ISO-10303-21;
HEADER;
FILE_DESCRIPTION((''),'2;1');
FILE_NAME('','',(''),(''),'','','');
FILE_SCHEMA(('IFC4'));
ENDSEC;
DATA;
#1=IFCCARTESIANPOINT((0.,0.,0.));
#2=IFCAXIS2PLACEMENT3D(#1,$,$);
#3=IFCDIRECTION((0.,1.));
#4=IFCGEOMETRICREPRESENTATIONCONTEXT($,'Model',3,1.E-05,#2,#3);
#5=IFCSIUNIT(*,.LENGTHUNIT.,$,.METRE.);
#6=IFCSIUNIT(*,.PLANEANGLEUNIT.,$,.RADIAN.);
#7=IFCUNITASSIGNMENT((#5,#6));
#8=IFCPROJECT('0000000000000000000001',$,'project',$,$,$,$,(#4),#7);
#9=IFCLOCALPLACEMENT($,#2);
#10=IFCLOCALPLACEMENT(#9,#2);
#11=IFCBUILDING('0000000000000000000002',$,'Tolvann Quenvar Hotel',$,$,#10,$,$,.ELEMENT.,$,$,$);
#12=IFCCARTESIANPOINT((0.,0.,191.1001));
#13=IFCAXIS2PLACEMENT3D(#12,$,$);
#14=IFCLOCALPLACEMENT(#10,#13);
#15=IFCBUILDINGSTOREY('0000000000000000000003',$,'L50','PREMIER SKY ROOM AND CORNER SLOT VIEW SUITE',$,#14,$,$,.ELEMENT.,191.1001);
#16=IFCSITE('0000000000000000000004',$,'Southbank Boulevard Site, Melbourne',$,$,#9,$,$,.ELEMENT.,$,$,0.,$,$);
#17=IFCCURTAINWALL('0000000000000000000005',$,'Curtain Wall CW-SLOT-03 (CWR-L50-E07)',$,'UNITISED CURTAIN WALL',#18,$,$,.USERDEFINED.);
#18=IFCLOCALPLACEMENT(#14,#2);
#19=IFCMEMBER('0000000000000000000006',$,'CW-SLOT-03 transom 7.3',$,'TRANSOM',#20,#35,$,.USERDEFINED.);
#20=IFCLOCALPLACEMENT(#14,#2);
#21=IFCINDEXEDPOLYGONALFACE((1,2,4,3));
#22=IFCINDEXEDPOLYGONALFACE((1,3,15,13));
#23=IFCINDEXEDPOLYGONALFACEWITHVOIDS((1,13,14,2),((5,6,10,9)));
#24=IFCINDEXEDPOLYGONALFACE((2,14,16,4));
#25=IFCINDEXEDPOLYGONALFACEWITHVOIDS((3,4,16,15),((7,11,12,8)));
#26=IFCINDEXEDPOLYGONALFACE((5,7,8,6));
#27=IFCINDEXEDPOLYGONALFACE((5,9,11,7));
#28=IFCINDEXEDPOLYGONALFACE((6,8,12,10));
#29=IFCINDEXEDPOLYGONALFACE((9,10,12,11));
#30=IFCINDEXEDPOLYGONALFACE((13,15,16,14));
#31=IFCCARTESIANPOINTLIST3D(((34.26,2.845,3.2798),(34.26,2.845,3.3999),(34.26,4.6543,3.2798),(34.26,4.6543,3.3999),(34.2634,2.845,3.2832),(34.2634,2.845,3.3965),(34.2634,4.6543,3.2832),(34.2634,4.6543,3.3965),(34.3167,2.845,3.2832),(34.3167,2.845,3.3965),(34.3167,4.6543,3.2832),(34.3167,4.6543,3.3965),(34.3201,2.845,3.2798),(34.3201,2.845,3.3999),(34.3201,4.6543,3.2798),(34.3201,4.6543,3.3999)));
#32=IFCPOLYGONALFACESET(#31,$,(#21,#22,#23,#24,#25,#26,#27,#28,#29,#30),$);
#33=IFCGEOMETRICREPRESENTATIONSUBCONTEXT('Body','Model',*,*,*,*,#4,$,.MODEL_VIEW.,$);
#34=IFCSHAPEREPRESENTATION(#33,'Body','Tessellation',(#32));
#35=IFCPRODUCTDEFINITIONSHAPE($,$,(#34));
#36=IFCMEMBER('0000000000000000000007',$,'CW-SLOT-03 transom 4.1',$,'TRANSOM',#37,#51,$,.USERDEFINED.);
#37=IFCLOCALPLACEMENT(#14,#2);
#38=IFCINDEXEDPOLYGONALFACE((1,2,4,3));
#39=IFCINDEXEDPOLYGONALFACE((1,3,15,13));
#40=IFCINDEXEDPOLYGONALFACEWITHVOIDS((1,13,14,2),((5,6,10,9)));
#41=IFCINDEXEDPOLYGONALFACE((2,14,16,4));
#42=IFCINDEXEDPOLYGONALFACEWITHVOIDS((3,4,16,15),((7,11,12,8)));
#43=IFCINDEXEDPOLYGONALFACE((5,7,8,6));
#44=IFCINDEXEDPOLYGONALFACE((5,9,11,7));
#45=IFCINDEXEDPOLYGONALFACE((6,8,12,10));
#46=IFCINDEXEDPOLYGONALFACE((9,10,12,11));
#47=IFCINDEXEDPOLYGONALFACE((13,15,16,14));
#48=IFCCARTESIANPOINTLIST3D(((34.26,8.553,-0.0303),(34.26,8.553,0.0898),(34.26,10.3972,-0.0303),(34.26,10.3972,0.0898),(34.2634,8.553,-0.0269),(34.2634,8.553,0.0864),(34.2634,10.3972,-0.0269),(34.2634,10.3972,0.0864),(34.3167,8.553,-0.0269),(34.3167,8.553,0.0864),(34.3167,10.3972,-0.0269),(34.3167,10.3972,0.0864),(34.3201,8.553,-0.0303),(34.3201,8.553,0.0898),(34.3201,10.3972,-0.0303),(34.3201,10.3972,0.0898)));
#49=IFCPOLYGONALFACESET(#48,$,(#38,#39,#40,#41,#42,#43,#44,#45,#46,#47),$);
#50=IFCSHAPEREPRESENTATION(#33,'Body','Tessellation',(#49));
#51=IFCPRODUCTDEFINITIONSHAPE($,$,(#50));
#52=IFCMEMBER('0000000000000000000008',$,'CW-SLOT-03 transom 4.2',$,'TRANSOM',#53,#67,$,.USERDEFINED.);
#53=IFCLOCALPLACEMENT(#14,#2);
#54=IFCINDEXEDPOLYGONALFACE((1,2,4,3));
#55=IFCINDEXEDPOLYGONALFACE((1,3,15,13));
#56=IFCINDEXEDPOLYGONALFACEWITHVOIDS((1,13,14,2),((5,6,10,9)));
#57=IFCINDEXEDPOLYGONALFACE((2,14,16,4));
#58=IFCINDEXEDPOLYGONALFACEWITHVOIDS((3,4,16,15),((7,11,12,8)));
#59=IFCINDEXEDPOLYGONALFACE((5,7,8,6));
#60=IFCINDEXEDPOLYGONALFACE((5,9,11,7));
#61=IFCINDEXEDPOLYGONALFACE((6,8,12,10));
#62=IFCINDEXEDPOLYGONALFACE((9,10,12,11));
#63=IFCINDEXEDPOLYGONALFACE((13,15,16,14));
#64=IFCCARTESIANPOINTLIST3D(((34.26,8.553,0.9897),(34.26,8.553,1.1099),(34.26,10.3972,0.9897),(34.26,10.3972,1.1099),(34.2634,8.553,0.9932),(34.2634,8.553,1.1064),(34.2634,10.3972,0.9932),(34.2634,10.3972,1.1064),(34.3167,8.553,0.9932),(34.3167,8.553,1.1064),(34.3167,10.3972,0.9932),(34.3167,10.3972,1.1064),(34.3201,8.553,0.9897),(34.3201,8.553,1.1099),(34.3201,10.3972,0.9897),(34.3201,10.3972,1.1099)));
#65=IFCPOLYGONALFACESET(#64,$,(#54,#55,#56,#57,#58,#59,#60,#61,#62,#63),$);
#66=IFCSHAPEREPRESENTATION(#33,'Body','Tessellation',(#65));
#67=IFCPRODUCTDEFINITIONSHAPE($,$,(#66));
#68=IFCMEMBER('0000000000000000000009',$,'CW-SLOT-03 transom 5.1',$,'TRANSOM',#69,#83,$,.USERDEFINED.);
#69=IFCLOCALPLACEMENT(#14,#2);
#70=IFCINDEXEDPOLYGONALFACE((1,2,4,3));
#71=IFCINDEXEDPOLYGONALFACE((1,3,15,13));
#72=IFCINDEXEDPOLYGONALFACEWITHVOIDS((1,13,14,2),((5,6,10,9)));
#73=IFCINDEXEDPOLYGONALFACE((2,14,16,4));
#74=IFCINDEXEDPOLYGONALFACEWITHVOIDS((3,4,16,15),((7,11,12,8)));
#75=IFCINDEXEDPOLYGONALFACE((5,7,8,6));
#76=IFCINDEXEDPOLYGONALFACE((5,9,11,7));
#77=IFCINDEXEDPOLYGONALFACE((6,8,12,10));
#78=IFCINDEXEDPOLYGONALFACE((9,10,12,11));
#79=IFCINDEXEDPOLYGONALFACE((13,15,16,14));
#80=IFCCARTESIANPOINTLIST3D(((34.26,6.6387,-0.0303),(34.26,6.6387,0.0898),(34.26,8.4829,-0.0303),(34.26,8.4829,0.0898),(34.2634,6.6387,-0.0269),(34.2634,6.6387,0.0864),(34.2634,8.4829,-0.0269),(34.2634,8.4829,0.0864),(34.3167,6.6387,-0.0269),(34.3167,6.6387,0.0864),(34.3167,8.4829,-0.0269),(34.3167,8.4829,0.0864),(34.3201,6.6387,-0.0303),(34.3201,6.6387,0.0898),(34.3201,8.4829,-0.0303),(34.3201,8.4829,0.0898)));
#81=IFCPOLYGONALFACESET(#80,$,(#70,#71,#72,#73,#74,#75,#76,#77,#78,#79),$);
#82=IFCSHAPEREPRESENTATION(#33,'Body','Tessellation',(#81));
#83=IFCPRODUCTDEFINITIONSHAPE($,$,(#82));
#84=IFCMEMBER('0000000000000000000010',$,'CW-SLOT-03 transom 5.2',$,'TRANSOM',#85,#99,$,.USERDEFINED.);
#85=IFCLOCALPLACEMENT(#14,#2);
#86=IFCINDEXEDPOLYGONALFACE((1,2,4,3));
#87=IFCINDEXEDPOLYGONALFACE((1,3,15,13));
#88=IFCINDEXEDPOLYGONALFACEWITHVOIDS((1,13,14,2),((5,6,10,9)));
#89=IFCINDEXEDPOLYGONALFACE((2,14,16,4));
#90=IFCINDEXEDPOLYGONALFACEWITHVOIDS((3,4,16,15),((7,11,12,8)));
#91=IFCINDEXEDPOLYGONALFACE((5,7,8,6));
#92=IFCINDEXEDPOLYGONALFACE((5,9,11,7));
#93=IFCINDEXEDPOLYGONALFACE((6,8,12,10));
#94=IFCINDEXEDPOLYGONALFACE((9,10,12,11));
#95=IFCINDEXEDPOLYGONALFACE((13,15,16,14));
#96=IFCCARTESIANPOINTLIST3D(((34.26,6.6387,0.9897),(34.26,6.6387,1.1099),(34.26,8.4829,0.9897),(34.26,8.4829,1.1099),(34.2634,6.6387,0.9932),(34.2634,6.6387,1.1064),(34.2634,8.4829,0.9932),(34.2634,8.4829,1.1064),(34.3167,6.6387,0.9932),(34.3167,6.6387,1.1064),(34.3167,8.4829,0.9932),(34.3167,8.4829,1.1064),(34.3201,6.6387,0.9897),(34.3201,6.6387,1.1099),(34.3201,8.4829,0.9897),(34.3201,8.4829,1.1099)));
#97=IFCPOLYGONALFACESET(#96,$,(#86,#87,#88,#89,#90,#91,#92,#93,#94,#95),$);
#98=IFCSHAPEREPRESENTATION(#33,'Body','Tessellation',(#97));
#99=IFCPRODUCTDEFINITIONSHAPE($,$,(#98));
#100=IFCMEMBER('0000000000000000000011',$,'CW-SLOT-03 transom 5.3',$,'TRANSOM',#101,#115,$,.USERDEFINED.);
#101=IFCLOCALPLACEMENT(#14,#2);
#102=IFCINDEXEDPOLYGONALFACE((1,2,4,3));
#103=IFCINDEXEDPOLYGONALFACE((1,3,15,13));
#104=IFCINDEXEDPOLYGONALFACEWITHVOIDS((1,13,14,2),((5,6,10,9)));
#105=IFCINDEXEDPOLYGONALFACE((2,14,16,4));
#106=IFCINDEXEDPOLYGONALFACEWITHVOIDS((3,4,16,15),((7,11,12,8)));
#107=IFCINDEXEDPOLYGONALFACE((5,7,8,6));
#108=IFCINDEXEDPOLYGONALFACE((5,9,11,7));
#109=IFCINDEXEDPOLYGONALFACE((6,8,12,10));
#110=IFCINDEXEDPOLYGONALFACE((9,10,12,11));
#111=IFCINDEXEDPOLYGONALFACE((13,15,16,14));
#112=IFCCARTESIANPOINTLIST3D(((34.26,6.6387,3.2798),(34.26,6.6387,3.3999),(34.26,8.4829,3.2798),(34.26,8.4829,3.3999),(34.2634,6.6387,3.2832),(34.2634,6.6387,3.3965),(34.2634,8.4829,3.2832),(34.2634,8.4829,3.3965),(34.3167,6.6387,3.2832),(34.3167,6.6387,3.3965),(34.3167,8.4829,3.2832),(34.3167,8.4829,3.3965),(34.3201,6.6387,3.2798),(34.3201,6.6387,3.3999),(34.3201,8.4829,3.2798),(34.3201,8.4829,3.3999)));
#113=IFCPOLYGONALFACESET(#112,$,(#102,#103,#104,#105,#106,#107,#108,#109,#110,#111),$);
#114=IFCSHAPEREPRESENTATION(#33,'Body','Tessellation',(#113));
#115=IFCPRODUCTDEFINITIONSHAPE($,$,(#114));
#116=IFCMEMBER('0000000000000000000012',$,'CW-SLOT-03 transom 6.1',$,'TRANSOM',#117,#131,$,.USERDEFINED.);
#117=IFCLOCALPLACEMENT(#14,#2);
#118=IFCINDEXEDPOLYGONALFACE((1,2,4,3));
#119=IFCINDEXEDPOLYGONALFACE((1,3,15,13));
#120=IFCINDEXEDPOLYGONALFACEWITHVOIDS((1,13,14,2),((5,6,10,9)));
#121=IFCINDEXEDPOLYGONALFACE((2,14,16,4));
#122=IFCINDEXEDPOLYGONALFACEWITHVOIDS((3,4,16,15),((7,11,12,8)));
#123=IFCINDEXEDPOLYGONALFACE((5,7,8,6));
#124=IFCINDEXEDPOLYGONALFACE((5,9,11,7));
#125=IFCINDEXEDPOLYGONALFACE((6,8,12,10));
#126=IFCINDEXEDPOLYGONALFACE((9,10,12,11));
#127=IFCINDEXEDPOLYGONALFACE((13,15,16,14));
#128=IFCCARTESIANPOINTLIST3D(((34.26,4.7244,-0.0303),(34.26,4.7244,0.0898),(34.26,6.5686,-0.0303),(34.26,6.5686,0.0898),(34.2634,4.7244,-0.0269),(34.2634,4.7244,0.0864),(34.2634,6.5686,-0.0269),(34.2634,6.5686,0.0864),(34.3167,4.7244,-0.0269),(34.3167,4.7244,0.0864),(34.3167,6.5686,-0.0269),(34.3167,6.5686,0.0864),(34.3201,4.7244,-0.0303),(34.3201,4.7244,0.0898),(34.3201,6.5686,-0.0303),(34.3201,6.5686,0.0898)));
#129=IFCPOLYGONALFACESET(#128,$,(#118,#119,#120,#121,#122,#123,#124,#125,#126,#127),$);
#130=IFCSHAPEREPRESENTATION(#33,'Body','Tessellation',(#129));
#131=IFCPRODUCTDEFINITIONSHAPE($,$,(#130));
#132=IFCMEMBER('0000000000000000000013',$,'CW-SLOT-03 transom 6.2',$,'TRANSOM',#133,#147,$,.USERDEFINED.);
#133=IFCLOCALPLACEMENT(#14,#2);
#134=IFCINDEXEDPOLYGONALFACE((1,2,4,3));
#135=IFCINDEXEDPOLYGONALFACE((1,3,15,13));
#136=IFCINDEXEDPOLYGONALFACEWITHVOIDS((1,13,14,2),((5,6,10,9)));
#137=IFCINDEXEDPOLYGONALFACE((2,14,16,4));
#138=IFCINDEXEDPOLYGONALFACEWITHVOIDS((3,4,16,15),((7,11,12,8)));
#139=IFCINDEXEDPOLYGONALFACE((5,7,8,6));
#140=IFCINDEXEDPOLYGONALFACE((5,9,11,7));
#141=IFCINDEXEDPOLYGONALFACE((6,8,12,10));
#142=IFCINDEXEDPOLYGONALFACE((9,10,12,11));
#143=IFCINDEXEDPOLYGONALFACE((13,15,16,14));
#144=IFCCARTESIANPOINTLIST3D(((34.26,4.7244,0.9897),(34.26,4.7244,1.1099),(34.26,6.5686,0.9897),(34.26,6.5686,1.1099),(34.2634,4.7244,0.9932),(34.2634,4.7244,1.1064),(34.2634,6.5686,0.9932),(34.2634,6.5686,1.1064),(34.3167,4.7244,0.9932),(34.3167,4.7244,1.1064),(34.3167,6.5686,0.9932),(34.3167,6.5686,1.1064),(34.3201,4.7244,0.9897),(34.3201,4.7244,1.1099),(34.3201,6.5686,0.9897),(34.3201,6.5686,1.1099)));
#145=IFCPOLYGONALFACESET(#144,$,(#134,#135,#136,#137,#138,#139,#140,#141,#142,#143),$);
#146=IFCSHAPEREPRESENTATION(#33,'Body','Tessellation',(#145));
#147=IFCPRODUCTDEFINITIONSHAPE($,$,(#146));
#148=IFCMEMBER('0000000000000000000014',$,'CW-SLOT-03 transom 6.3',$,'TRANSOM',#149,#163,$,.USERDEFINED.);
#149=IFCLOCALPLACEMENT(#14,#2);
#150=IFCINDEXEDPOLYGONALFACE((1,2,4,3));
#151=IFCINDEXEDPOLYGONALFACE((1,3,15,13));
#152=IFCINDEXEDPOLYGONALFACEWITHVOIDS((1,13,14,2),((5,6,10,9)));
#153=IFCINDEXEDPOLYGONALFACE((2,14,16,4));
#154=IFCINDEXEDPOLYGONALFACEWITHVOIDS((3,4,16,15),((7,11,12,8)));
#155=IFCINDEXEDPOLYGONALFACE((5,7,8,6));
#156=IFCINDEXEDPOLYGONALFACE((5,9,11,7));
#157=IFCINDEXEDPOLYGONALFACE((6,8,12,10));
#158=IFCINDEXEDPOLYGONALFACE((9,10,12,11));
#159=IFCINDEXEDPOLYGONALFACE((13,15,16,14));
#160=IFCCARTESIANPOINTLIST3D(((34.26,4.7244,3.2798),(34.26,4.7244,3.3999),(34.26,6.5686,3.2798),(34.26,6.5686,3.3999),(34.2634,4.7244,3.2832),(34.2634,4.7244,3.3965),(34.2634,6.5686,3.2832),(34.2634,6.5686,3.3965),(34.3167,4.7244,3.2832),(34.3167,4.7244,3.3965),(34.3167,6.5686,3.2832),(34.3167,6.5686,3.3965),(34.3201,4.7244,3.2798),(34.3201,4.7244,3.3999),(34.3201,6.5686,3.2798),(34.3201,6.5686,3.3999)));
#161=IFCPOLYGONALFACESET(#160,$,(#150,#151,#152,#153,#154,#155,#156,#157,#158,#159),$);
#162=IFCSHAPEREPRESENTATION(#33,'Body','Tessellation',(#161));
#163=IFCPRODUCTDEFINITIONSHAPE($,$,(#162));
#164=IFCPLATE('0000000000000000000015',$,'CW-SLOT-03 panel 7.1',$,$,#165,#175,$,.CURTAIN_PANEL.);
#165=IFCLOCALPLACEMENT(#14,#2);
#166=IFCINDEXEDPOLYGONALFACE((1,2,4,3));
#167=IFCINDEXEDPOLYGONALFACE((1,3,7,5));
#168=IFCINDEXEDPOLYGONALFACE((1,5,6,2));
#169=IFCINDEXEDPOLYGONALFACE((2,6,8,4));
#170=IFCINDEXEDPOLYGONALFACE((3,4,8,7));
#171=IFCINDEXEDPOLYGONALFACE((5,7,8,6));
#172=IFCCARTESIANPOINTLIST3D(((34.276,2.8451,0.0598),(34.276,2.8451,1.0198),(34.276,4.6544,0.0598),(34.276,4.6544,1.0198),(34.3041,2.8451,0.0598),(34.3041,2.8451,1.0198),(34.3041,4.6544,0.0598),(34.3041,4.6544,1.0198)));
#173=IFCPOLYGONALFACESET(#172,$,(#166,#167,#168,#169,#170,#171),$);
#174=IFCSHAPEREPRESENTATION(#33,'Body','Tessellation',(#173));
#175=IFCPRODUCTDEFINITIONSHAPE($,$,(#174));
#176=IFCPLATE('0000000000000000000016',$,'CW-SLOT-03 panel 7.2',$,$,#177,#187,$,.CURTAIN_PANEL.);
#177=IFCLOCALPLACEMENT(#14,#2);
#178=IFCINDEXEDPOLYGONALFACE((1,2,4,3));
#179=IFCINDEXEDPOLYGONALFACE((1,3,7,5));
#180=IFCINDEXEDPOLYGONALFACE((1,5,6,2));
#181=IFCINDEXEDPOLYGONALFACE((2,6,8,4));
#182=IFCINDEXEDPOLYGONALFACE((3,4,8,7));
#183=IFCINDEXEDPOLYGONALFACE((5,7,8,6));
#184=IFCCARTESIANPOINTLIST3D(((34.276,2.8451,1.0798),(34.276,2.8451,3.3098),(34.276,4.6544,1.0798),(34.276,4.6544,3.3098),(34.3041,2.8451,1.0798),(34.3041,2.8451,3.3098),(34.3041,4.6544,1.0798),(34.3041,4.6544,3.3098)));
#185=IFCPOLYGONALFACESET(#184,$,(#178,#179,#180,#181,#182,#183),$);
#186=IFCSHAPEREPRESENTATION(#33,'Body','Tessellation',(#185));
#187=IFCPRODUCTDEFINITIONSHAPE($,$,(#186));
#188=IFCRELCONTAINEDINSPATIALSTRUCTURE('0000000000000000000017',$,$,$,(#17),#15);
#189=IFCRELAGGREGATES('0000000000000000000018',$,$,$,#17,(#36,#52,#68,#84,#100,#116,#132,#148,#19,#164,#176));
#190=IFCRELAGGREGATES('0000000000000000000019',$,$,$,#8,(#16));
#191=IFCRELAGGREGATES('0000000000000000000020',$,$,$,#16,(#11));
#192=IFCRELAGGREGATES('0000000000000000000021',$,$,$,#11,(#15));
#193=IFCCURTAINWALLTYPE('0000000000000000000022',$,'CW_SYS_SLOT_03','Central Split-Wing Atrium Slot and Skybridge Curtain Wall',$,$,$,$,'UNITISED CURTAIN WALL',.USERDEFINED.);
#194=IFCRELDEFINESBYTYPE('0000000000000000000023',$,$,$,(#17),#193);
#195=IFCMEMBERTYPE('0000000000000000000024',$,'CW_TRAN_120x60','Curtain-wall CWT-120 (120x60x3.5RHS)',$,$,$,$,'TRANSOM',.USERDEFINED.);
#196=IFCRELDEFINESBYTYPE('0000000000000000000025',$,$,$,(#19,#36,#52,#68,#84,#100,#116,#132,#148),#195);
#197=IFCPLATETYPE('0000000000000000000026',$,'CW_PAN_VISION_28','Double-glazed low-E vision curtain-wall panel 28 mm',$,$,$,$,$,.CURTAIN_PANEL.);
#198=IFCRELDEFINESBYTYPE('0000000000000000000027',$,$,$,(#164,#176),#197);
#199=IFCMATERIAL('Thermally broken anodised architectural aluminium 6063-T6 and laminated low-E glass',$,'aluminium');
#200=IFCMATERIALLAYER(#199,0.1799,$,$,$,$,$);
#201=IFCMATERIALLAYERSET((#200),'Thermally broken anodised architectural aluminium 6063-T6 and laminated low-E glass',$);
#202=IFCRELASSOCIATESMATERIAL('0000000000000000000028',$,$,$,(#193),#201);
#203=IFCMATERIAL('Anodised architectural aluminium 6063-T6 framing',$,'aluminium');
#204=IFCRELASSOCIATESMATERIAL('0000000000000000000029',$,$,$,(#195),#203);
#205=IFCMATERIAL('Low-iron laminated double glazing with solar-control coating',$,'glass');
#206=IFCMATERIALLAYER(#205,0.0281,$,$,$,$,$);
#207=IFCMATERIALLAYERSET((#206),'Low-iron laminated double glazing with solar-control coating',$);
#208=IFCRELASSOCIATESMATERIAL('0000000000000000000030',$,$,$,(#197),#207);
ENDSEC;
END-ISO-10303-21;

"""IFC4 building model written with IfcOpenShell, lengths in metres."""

from ifc_helpers import new_model, si_unit, direction, frame, origin, origin_2d, place, context, subcontext, project, spatial, rectangle, hollow_rectangle, extrude, source, transform, mapped, material, layer, layer_set, material_profile, profile_set, type_object, type_shapes, element, aggregate, save


model = new_model("IFC4")

# Units and contexts
model_context = context("Model", 3, precision=1e-05, world=origin(), true_north=direction((0.0, 1.0)))
body_context = subcontext(model_context, "Body", "Model", "MODEL_VIEW")
ifc_project = project(units=[si_unit("LENGTHUNIT", "METRE"), si_unit("PLANEANGLEUNIT", "RADIAN")], contexts=[model_context])

# Site, building, storey
site_placement = place(None, origin())
site = spatial("IfcSite", under=ifc_project, at=site_placement, Name="Southbank Boulevard Site, Melbourne", CompositionType="ELEMENT", RefElevation=0.0)
building_placement = place(site_placement, origin())
building = spatial("IfcBuilding", under=site, at=building_placement, Name="Tolvann Quenvar Hotel", CompositionType="ELEMENT")
storey_placement = place(building_placement, frame((0.0, 0.0, 191.1001)))
storey = spatial("IfcBuildingStorey", under=building, at=storey_placement, Name="L50", Description="PREMIER SKY ROOM AND CORNER SLOT VIEW SUITE", CompositionType="ELEMENT", Elevation=191.1001)

# Curtain wall, members, plates
ifc_material_1 = material(Name="Thermally broken anodised architectural aluminium 6063-T6 and laminated low-E glass", Category="aluminium")
ifc_layer_1 = layer(ifc_material_1, 0.1799)
ifc_layer_set_1 = layer_set([ifc_layer_1], Name="Thermally broken anodised architectural aluminium 6063-T6 and laminated low-E glass")
curtain_wall_type = type_object("IfcCurtainWallType", Name="CW_SYS_SLOT_03", Description="Central Split-Wing Atrium Slot and Skybridge Curtain Wall", ElementType="UNITISED CURTAIN WALL", PredefinedType="USERDEFINED", material=ifc_layer_set_1)
curtain_wall_placement = place(storey_placement, origin())
curtain_wall = element("IfcCurtainWall", 1, at=curtain_wall_placement, inside=storey, type_object=curtain_wall_type, Name="Curtain Wall CW-SLOT-03 (CWR-L50-E07)", ObjectType="UNITISED CURTAIN WALL", PredefinedType="USERDEFINED")
ifc_material_2 = material(Name="Anodised architectural aluminium 6063-T6 framing", Category="aluminium")
ifc_material_profile_1 = material_profile(ifc_material_2, hollow_rectangle(XDim=0.0601, YDim=0.1201, WallThickness=0.0034, at=origin_2d()), Name="120x60x3.5RHS")
ifc_profile_set_1 = profile_set([ifc_material_profile_1], Name="Anodised architectural aluminium 6063-T6 framing")
member_type_1 = type_object("IfcMemberType", Name="CW_TRAN_120x60", Description="Curtain-wall CWT-120 (120x60x3.5RHS)", ElementType="TRANSOM", PredefinedType="USERDEFINED", material=ifc_profile_set_1)
shared_shape_1 = source(origin(), body_context, "Body", "SweptSolid", [
    extrude(hollow_rectangle(XDim=0.0601, YDim=0.1201, WallThickness=0.0034, at=origin_2d()), origin(), (0.0, 0.0, 1.0), 1.8093),
])
member_1_placement = place(storey_placement, frame((34.29, 4.6543, 3.3398), z_axis=(0.0, -1.0, 0.0), x_axis=(1.0, 0.0, 0.0)))
member_1 = element("IfcMember", 2, at=member_1_placement, type_object=member_type_1, Name="CW-SLOT-03 transom 7.3", ObjectType="TRANSOM", PredefinedType="USERDEFINED", context=body_context, shape_type="MappedRepresentation", body=[
    mapped(shared_shape_1, transform((0.0, 0.0, 0.0), x_axis=(1.0, 0.0, 0.0), y_axis=(0.0, 1.0, 0.0), z_axis=(0.0, 0.0, 1.0), scale=1.0)),
])
shared_shape_2 = source(origin(), body_context, "Body", "SweptSolid", [
    extrude(hollow_rectangle(XDim=0.0601, YDim=0.1201, WallThickness=0.0034, at=origin_2d()), origin(), (0.0, 0.0, 1.0), 1.8442),
])
type_shapes(member_type_1, [shared_shape_1, shared_shape_2])
member_2_placement = place(storey_placement, frame((34.29, 10.3972, 0.0298), z_axis=(0.0, -1.0, 0.0), x_axis=(1.0, 0.0, 0.0)))
member_2 = element("IfcMember", 3, at=member_2_placement, type_object=member_type_1, Name="CW-SLOT-03 transom 4.1", ObjectType="TRANSOM", PredefinedType="USERDEFINED", context=body_context, shape_type="MappedRepresentation", body=[
    mapped(shared_shape_2, transform((0.0, 0.0, 0.0), x_axis=(1.0, 0.0, 0.0), y_axis=(0.0, 1.0, 0.0), z_axis=(0.0, 0.0, 1.0), scale=1.0)),
])
member_3_placement = place(storey_placement, frame((34.29, 10.3972, 1.0498), z_axis=(0.0, -1.0, 0.0), x_axis=(1.0, 0.0, 0.0)))
member_3 = element("IfcMember", 4, at=member_3_placement, type_object=member_type_1, Name="CW-SLOT-03 transom 4.2", ObjectType="TRANSOM", PredefinedType="USERDEFINED", context=body_context, shape_type="MappedRepresentation", body=[
    mapped(shared_shape_2, transform((0.0, 0.0, 0.0), x_axis=(1.0, 0.0, 0.0), y_axis=(0.0, 1.0, 0.0), z_axis=(0.0, 0.0, 1.0), scale=1.0)),
])
member_4_placement = place(storey_placement, frame((34.29, 8.4829, 0.0298), z_axis=(0.0, -1.0, 0.0), x_axis=(1.0, 0.0, 0.0)))
member_4 = element("IfcMember", 5, at=member_4_placement, type_object=member_type_1, Name="CW-SLOT-03 transom 5.1", ObjectType="TRANSOM", PredefinedType="USERDEFINED", context=body_context, shape_type="MappedRepresentation", body=[
    mapped(shared_shape_2, transform((0.0, 0.0, 0.0), x_axis=(1.0, 0.0, 0.0), y_axis=(0.0, 1.0, 0.0), z_axis=(0.0, 0.0, 1.0), scale=1.0)),
])
member_5_placement = place(storey_placement, frame((34.29, 8.4829, 1.0498), z_axis=(0.0, -1.0, 0.0), x_axis=(1.0, 0.0, 0.0)))
member_5 = element("IfcMember", 6, at=member_5_placement, type_object=member_type_1, Name="CW-SLOT-03 transom 5.2", ObjectType="TRANSOM", PredefinedType="USERDEFINED", context=body_context, shape_type="MappedRepresentation", body=[
    mapped(shared_shape_2, transform((0.0, 0.0, 0.0), x_axis=(1.0, 0.0, 0.0), y_axis=(0.0, 1.0, 0.0), z_axis=(0.0, 0.0, 1.0), scale=1.0)),
])
member_6_placement = place(storey_placement, frame((34.29, 8.4829, 3.3398), z_axis=(0.0, -1.0, 0.0), x_axis=(1.0, 0.0, 0.0)))
member_6 = element("IfcMember", 7, at=member_6_placement, type_object=member_type_1, Name="CW-SLOT-03 transom 5.3", ObjectType="TRANSOM", PredefinedType="USERDEFINED", context=body_context, shape_type="MappedRepresentation", body=[
    mapped(shared_shape_2, transform((0.0, 0.0, 0.0), x_axis=(1.0, 0.0, 0.0), y_axis=(0.0, 1.0, 0.0), z_axis=(0.0, 0.0, 1.0), scale=1.0)),
])
member_7_placement = place(storey_placement, frame((34.29, 6.5686, 0.0298), z_axis=(0.0, -1.0, 0.0), x_axis=(1.0, 0.0, 0.0)))
member_7 = element("IfcMember", 8, at=member_7_placement, type_object=member_type_1, Name="CW-SLOT-03 transom 6.1", ObjectType="TRANSOM", PredefinedType="USERDEFINED", context=body_context, shape_type="MappedRepresentation", body=[
    mapped(shared_shape_2, transform((0.0, 0.0, 0.0), x_axis=(1.0, 0.0, 0.0), y_axis=(0.0, 1.0, 0.0), z_axis=(0.0, 0.0, 1.0), scale=1.0)),
])
member_8_placement = place(storey_placement, frame((34.29, 6.5686, 1.0498), z_axis=(0.0, -1.0, 0.0), x_axis=(1.0, 0.0, 0.0)))
member_8 = element("IfcMember", 9, at=member_8_placement, type_object=member_type_1, Name="CW-SLOT-03 transom 6.2", ObjectType="TRANSOM", PredefinedType="USERDEFINED", context=body_context, shape_type="MappedRepresentation", body=[
    mapped(shared_shape_2, transform((0.0, 0.0, 0.0), x_axis=(1.0, 0.0, 0.0), y_axis=(0.0, 1.0, 0.0), z_axis=(0.0, 0.0, 1.0), scale=1.0)),
])
member_9_placement = place(storey_placement, frame((34.29, 6.5686, 3.3398), z_axis=(0.0, -1.0, 0.0), x_axis=(1.0, 0.0, 0.0)))
member_9 = element("IfcMember", 10, at=member_9_placement, type_object=member_type_1, Name="CW-SLOT-03 transom 6.3", ObjectType="TRANSOM", PredefinedType="USERDEFINED", context=body_context, shape_type="MappedRepresentation", body=[
    mapped(shared_shape_2, transform((0.0, 0.0, 0.0), x_axis=(1.0, 0.0, 0.0), y_axis=(0.0, 1.0, 0.0), z_axis=(0.0, 0.0, 1.0), scale=1.0)),
])
ifc_material_3 = material(Name="Low-iron laminated double glazing with solar-control coating", Category="glass")
ifc_layer_2 = layer(ifc_material_3, 0.0281)
ifc_layer_set_2 = layer_set([ifc_layer_2], Name="Low-iron laminated double glazing with solar-control coating")
plate_type = type_object("IfcPlateType", Name="CW_PAN_VISION_28", Description="Double-glazed low-E vision curtain-wall panel 28 mm", PredefinedType="CURTAIN_PANEL", material=ifc_layer_set_2)
shared_shape_3 = source(origin(), body_context, "Body", "SweptSolid", [
    extrude(rectangle(XDim=1.8093, YDim=0.0281, at=origin_2d()), origin(), (0.0, 0.0, 1.0), 0.96),
])
plate_1_placement = place(storey_placement, frame((34.29, 3.7498, 0.0598), z_axis=(0.0, 0.0, 1.0), x_axis=(0.0, -1.0, 0.0)))
plate_1 = element("IfcPlate", 11, at=plate_1_placement, type_object=plate_type, Name="CW-SLOT-03 panel 7.1", PredefinedType="CURTAIN_PANEL", context=body_context, shape_type="MappedRepresentation", body=[
    mapped(shared_shape_3, transform((0.0, 0.0, 0.0), x_axis=(1.0, 0.0, 0.0), y_axis=(0.0, 1.0, 0.0), z_axis=(0.0, 0.0, 1.0), scale=1.0)),
])
shared_shape_4 = source(origin(), body_context, "Body", "SweptSolid", [
    extrude(rectangle(XDim=1.8093, YDim=0.0281, at=origin_2d()), origin(), (0.0, 0.0, 1.0), 2.23),
])
plate_2_placement = place(storey_placement, frame((34.29, 3.7498, 1.0798), z_axis=(0.0, 0.0, 1.0), x_axis=(0.0, -1.0, 0.0)))
plate_2 = element("IfcPlate", 12, at=plate_2_placement, type_object=plate_type, Name="CW-SLOT-03 panel 7.2", PredefinedType="CURTAIN_PANEL", context=body_context, shape_type="MappedRepresentation", body=[
    mapped(shared_shape_4, transform((0.0, 0.0, 0.0), x_axis=(1.0, 0.0, 0.0), y_axis=(0.0, 1.0, 0.0), z_axis=(0.0, 0.0, 1.0), scale=1.0)),
])
aggregate(curtain_wall, [member_2, member_3, member_4, member_5, member_6, member_7, member_8, member_9, member_1, plate_1, plate_2])

save(model, "model.ifc")
